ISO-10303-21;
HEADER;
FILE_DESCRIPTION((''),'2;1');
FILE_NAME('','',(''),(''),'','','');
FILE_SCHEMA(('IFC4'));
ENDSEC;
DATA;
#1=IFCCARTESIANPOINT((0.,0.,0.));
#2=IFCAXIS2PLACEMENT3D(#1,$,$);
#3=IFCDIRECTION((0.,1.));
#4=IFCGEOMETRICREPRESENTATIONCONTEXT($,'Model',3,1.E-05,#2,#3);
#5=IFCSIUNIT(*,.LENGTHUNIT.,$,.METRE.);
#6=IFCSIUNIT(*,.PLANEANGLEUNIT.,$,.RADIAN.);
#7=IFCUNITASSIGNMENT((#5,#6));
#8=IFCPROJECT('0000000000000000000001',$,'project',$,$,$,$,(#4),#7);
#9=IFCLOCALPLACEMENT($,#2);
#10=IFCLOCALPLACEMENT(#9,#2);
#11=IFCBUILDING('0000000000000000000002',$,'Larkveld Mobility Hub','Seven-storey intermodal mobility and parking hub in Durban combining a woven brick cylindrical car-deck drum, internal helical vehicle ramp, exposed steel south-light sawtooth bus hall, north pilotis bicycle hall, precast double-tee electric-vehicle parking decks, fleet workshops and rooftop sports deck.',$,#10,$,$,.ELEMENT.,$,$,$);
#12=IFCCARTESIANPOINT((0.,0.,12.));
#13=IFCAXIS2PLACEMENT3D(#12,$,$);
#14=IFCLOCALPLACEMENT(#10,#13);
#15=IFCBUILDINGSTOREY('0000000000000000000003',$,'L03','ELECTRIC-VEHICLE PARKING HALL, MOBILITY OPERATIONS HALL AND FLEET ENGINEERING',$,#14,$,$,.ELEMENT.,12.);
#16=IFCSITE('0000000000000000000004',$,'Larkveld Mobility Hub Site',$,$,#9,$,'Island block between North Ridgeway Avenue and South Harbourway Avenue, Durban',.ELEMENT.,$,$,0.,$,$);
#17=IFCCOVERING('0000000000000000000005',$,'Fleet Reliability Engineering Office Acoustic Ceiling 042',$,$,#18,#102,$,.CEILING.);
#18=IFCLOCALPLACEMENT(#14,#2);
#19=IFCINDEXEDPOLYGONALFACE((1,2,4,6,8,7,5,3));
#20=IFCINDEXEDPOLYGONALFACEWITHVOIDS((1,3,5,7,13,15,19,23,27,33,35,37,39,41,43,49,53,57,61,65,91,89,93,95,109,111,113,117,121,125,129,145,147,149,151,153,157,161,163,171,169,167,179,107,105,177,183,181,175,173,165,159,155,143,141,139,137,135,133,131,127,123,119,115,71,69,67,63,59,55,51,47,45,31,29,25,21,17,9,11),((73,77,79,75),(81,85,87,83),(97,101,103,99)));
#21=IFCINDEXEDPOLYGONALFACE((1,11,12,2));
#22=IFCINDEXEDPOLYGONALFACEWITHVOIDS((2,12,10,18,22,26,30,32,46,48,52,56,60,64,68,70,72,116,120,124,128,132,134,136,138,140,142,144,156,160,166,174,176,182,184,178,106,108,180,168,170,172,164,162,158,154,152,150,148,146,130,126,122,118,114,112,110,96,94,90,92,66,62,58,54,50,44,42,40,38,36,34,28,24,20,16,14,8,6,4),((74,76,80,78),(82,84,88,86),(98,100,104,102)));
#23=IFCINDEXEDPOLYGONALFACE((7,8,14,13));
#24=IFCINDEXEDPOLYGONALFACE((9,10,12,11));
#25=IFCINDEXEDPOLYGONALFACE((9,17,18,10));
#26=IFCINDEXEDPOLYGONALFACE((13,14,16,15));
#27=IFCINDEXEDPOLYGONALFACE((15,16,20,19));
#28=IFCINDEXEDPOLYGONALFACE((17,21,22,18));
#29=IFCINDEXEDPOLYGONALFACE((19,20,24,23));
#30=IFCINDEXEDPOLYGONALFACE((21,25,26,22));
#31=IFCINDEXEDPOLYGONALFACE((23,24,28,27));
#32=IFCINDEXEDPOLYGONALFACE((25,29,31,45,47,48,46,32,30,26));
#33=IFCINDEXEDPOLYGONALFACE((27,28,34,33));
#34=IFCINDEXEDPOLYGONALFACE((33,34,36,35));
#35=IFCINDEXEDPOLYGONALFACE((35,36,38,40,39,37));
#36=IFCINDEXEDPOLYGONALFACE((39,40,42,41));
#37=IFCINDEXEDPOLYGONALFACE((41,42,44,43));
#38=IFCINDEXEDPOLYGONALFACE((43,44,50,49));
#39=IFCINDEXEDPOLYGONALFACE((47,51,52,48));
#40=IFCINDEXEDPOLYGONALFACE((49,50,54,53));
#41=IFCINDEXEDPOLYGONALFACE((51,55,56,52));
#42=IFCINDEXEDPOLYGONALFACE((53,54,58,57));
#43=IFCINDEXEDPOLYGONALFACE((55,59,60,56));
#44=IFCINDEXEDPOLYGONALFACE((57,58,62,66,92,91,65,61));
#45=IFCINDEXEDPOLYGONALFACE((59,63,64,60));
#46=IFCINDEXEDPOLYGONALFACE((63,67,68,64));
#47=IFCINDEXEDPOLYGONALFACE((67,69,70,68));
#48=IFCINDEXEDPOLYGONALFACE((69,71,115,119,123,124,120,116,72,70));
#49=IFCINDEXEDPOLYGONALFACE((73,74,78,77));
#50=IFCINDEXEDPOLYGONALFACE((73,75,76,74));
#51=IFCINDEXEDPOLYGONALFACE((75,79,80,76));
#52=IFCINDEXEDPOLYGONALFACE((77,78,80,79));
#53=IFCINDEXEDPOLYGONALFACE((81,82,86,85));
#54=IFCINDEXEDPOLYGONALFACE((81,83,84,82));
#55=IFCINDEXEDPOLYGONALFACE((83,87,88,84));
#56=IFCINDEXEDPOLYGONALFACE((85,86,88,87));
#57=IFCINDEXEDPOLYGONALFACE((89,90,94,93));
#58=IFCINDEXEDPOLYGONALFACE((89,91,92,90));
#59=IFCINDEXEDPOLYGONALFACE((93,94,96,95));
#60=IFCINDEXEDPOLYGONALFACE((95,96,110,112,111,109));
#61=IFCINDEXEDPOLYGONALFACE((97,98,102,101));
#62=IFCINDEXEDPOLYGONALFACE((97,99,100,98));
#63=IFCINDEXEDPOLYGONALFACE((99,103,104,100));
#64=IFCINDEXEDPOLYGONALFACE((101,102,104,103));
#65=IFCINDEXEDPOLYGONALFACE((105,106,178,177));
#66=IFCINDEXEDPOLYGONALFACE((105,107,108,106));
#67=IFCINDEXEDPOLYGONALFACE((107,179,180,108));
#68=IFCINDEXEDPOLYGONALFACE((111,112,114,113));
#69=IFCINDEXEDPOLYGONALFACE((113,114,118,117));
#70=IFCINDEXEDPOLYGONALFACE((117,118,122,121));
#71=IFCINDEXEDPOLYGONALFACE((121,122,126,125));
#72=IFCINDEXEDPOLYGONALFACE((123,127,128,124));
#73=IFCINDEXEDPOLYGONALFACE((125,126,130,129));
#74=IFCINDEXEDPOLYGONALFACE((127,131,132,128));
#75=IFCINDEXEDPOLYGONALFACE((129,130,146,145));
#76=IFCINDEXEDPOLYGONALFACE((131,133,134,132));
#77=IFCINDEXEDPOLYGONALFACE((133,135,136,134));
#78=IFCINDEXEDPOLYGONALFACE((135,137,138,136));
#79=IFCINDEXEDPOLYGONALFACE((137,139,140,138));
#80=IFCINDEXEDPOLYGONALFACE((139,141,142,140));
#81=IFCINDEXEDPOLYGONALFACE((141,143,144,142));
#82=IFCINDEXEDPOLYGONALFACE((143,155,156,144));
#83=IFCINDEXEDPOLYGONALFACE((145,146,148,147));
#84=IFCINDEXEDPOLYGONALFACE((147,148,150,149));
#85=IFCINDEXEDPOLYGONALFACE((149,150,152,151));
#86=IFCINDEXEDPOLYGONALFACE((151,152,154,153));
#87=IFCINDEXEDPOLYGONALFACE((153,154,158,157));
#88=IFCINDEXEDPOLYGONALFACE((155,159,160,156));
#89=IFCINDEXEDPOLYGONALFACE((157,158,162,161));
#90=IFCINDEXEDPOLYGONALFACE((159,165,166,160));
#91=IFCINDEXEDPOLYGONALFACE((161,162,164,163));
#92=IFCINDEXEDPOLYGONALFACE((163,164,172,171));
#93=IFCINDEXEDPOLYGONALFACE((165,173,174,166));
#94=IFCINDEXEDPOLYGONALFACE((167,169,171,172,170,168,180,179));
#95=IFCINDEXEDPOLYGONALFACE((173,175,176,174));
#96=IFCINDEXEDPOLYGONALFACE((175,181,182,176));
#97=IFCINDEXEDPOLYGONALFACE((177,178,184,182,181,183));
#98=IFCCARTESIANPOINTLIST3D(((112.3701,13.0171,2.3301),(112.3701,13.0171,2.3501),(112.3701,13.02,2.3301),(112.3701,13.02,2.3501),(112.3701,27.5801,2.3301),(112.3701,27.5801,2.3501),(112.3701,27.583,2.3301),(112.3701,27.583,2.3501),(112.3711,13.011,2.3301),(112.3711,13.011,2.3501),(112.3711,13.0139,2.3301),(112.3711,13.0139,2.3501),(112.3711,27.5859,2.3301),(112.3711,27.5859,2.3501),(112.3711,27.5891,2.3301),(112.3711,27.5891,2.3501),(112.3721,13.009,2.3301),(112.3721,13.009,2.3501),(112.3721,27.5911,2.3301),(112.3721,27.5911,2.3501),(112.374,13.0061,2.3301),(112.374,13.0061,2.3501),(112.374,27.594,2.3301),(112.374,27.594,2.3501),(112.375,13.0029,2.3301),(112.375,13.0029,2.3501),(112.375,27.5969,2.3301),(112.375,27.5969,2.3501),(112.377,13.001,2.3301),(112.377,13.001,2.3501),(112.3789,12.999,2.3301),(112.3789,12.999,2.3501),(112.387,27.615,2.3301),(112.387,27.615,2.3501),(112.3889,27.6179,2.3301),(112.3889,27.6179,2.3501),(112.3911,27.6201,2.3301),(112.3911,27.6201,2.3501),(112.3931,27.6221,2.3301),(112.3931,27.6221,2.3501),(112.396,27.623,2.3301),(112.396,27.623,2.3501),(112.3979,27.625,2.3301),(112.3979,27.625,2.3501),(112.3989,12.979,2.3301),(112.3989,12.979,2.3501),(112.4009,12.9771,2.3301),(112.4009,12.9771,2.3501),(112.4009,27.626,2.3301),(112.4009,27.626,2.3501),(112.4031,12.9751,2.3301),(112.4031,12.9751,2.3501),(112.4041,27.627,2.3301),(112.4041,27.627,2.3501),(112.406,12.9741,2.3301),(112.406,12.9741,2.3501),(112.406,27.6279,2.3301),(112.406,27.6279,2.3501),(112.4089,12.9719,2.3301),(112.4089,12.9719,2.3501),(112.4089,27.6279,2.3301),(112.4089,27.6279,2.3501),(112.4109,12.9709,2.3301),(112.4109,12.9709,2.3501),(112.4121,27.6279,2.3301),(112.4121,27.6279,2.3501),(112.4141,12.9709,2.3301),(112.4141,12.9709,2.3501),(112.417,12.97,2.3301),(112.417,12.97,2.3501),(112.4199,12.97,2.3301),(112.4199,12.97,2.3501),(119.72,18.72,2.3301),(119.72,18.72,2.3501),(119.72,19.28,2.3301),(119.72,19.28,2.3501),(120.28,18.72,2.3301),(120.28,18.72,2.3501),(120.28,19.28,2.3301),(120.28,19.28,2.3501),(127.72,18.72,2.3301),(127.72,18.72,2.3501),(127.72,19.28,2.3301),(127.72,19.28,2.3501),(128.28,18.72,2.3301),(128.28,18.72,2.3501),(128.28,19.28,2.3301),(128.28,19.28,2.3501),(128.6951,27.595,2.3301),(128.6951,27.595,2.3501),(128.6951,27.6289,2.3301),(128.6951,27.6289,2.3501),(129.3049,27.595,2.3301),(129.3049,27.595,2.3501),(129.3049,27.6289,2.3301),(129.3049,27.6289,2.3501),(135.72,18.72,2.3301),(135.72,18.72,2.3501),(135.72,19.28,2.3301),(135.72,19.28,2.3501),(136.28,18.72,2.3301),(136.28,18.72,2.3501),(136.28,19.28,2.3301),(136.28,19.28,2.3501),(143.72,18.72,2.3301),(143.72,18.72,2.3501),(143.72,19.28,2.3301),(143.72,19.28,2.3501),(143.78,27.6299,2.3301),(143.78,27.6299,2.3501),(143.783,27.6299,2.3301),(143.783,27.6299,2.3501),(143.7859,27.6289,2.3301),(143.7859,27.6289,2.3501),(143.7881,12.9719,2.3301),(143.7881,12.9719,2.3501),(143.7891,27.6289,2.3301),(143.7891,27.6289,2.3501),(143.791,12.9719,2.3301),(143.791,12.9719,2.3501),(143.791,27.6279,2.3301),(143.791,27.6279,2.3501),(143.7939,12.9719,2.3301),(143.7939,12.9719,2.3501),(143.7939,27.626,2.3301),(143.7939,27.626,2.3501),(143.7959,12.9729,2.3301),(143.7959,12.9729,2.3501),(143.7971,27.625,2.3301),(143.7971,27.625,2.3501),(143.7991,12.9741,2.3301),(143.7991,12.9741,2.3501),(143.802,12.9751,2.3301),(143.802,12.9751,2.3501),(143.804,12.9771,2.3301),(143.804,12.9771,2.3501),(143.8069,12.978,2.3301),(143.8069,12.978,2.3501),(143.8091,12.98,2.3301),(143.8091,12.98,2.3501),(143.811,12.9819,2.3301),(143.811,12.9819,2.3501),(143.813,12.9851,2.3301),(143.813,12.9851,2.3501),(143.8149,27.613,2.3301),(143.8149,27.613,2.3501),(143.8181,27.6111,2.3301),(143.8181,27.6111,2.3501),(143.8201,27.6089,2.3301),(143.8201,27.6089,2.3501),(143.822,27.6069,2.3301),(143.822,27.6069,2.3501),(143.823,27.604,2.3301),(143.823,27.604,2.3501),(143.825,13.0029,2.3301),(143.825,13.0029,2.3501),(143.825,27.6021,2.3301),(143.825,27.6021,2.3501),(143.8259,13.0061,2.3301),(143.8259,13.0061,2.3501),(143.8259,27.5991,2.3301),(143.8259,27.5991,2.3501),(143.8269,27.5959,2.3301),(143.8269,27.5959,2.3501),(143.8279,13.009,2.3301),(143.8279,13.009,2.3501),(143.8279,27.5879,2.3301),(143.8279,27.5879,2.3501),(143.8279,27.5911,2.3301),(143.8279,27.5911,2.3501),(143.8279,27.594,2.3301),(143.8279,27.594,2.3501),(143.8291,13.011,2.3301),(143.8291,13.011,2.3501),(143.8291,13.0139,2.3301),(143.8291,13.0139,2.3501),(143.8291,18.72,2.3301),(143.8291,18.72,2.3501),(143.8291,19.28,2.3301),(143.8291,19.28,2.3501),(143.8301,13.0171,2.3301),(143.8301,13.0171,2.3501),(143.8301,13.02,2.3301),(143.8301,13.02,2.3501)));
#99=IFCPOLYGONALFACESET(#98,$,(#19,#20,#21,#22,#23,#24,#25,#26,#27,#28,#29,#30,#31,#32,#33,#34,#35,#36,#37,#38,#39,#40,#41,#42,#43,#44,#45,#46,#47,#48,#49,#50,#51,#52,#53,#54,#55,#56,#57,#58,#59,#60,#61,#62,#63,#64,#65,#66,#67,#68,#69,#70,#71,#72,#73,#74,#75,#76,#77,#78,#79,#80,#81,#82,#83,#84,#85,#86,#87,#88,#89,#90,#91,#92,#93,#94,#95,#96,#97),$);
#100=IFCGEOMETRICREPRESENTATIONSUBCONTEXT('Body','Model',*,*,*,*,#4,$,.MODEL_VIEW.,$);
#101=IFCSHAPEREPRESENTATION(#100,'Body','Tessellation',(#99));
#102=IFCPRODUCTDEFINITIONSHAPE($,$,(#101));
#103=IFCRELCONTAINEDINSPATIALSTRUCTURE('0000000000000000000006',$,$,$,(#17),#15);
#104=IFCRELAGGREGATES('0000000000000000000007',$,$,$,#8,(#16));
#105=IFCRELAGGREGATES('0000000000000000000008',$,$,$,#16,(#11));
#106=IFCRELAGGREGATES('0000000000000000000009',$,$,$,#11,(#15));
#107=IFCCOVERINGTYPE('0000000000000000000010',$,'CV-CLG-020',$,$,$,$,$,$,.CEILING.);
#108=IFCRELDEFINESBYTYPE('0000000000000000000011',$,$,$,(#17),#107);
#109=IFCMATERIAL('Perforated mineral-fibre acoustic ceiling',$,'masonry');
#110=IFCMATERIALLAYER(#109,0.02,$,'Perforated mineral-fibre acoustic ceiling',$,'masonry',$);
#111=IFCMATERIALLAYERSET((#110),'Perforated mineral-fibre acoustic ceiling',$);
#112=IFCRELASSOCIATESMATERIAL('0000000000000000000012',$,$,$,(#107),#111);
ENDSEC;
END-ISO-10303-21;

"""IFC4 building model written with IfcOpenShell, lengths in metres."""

from ifc_helpers import new_model, si_unit, direction, frame, origin, place, context, subcontext, project, spatial, polyline, outline, extrude, material, layer, layer_set, type_object, element, save


model = new_model("IFC4")

# Units and contexts
model_context = context("Model", 3, precision=1e-05, world=origin(), true_north=direction((0.0, 1.0)))
body_context = subcontext(model_context, "Body", "Model", "MODEL_VIEW")
ifc_project = project(units=[si_unit("LENGTHUNIT", "METRE"), si_unit("PLANEANGLEUNIT", "RADIAN")], contexts=[model_context])

# Site, building, storey
site_placement = place(None, origin())
site = spatial("IfcSite", under=ifc_project, at=site_placement, Name="Larkveld Mobility Hub Site", LongName="Island block between North Ridgeway Avenue and South Harbourway Avenue, Durban", CompositionType="ELEMENT", RefElevation=0.0)
building_placement = place(site_placement, origin())
building = spatial("IfcBuilding", under=site, at=building_placement, Name="Larkveld Mobility Hub", Description="Seven-storey intermodal mobility and parking hub in Durban combining a woven brick cylindrical car-deck drum, internal helical vehicle ramp, exposed steel south-light sawtooth bus hall, north pilotis bicycle hall, precast double-tee electric-vehicle parking decks, fleet workshops and rooftop sports deck.", CompositionType="ELEMENT")
storey_placement = place(building_placement, frame((0.0, 0.0, 12.0)))
storey = spatial("IfcBuildingStorey", under=building, at=storey_placement, Name="L03", Description="ELECTRIC-VEHICLE PARKING HALL, MOBILITY OPERATIONS HALL AND FLEET ENGINEERING", CompositionType="ELEMENT", Elevation=12.0)

# Covering
ifc_material_1 = material(Name="Perforated mineral-fibre acoustic ceiling", Category="masonry")
ifc_layer_1 = layer(ifc_material_1, 0.02, Name="Perforated mineral-fibre acoustic ceiling", Category="masonry")
ifc_layer_set_1 = layer_set([ifc_layer_1], Name="Perforated mineral-fibre acoustic ceiling")
covering_type_1 = type_object("IfcCoveringType", Name="CV-CLG-020", PredefinedType="CEILING", material=ifc_layer_set_1)
covering_1_placement = place(storey_placement, frame((0.0, 0.0, 2.3301)))
element("IfcCovering", 1, at=covering_1_placement, inside=storey, type_object=covering_type_1, Name="Fleet Reliability Engineering Office Acoustic Ceiling 042", PredefinedType="CEILING", context=body_context, shape_type="SweptSolid", body=[
    extrude(outline(polyline([(112.417, 12.97), (112.4141, 12.9709), (112.4109, 12.9709), (112.4089, 12.9719), (112.406, 12.9741), (112.4031, 12.9751), (112.4009, 12.9771), (112.3989, 12.979), (112.3789, 12.999), (112.377, 13.001), (112.375, 13.0029), (112.374, 13.0061), (112.3721, 13.009), (112.3711, 13.011), (112.3711, 13.0139), (112.3701, 13.0171), (112.3701, 13.02), (112.3701, 27.5801), (112.3701, 27.583), (112.3711, 27.5859), (112.3711, 27.5891), (112.3721, 27.5911), (112.374, 27.594), (112.375, 27.5969), (112.387, 27.615), (112.3889, 27.6179), (112.3911, 27.6201), (112.3931, 27.6221), (112.396, 27.623), (112.3979, 27.625), (112.4009, 27.626), (112.4041, 27.627), (112.406, 27.6279), (112.4089, 27.6279), (112.4121, 27.6279), (128.6951, 27.6289), (128.6951, 27.595), (129.3049, 27.595), (129.3049, 27.6289), (143.78, 27.6299), (143.783, 27.6299), (143.7859, 27.6289), (143.7891, 27.6289), (143.791, 27.6279), (143.7939, 27.626), (143.7971, 27.625), (143.8149, 27.613), (143.8181, 27.6111), (143.8201, 27.6089), (143.822, 27.6069), (143.823, 27.604), (143.825, 27.6021), (143.8259, 27.5991), (143.8269, 27.5959), (143.8279, 27.594), (143.8279, 27.5911), (143.8279, 27.5879), (143.8291, 19.28), (143.72, 19.28), (143.72, 18.72), (143.8291, 18.72), (143.8301, 13.02), (143.8301, 13.0171), (143.8291, 13.0139), (143.8291, 13.011), (143.8279, 13.009), (143.8259, 13.0061), (143.825, 13.0029), (143.813, 12.9851), (143.811, 12.9819), (143.8091, 12.98), (143.8069, 12.978), (143.804, 12.9771), (143.802, 12.9751), (143.7991, 12.9741), (143.7959, 12.9729), (143.7939, 12.9719), (143.791, 12.9719), (143.7881, 12.9719), (112.4199, 12.97), (112.417, 12.97)]), holes=[polyline([(119.72, 19.28), (119.72, 18.72), (120.28, 18.72), (120.28, 19.28), (119.72, 19.28)]), polyline([(127.72, 19.28), (127.72, 18.72), (128.28, 18.72), (128.28, 19.28), (127.72, 19.28)]), polyline([(135.72, 19.28), (135.72, 18.72), (136.28, 18.72), (136.28, 19.28), (135.72, 19.28)])]), origin(), (0.0, 0.0, 1.0), 0.02),
])

save(model, "model.ifc")
